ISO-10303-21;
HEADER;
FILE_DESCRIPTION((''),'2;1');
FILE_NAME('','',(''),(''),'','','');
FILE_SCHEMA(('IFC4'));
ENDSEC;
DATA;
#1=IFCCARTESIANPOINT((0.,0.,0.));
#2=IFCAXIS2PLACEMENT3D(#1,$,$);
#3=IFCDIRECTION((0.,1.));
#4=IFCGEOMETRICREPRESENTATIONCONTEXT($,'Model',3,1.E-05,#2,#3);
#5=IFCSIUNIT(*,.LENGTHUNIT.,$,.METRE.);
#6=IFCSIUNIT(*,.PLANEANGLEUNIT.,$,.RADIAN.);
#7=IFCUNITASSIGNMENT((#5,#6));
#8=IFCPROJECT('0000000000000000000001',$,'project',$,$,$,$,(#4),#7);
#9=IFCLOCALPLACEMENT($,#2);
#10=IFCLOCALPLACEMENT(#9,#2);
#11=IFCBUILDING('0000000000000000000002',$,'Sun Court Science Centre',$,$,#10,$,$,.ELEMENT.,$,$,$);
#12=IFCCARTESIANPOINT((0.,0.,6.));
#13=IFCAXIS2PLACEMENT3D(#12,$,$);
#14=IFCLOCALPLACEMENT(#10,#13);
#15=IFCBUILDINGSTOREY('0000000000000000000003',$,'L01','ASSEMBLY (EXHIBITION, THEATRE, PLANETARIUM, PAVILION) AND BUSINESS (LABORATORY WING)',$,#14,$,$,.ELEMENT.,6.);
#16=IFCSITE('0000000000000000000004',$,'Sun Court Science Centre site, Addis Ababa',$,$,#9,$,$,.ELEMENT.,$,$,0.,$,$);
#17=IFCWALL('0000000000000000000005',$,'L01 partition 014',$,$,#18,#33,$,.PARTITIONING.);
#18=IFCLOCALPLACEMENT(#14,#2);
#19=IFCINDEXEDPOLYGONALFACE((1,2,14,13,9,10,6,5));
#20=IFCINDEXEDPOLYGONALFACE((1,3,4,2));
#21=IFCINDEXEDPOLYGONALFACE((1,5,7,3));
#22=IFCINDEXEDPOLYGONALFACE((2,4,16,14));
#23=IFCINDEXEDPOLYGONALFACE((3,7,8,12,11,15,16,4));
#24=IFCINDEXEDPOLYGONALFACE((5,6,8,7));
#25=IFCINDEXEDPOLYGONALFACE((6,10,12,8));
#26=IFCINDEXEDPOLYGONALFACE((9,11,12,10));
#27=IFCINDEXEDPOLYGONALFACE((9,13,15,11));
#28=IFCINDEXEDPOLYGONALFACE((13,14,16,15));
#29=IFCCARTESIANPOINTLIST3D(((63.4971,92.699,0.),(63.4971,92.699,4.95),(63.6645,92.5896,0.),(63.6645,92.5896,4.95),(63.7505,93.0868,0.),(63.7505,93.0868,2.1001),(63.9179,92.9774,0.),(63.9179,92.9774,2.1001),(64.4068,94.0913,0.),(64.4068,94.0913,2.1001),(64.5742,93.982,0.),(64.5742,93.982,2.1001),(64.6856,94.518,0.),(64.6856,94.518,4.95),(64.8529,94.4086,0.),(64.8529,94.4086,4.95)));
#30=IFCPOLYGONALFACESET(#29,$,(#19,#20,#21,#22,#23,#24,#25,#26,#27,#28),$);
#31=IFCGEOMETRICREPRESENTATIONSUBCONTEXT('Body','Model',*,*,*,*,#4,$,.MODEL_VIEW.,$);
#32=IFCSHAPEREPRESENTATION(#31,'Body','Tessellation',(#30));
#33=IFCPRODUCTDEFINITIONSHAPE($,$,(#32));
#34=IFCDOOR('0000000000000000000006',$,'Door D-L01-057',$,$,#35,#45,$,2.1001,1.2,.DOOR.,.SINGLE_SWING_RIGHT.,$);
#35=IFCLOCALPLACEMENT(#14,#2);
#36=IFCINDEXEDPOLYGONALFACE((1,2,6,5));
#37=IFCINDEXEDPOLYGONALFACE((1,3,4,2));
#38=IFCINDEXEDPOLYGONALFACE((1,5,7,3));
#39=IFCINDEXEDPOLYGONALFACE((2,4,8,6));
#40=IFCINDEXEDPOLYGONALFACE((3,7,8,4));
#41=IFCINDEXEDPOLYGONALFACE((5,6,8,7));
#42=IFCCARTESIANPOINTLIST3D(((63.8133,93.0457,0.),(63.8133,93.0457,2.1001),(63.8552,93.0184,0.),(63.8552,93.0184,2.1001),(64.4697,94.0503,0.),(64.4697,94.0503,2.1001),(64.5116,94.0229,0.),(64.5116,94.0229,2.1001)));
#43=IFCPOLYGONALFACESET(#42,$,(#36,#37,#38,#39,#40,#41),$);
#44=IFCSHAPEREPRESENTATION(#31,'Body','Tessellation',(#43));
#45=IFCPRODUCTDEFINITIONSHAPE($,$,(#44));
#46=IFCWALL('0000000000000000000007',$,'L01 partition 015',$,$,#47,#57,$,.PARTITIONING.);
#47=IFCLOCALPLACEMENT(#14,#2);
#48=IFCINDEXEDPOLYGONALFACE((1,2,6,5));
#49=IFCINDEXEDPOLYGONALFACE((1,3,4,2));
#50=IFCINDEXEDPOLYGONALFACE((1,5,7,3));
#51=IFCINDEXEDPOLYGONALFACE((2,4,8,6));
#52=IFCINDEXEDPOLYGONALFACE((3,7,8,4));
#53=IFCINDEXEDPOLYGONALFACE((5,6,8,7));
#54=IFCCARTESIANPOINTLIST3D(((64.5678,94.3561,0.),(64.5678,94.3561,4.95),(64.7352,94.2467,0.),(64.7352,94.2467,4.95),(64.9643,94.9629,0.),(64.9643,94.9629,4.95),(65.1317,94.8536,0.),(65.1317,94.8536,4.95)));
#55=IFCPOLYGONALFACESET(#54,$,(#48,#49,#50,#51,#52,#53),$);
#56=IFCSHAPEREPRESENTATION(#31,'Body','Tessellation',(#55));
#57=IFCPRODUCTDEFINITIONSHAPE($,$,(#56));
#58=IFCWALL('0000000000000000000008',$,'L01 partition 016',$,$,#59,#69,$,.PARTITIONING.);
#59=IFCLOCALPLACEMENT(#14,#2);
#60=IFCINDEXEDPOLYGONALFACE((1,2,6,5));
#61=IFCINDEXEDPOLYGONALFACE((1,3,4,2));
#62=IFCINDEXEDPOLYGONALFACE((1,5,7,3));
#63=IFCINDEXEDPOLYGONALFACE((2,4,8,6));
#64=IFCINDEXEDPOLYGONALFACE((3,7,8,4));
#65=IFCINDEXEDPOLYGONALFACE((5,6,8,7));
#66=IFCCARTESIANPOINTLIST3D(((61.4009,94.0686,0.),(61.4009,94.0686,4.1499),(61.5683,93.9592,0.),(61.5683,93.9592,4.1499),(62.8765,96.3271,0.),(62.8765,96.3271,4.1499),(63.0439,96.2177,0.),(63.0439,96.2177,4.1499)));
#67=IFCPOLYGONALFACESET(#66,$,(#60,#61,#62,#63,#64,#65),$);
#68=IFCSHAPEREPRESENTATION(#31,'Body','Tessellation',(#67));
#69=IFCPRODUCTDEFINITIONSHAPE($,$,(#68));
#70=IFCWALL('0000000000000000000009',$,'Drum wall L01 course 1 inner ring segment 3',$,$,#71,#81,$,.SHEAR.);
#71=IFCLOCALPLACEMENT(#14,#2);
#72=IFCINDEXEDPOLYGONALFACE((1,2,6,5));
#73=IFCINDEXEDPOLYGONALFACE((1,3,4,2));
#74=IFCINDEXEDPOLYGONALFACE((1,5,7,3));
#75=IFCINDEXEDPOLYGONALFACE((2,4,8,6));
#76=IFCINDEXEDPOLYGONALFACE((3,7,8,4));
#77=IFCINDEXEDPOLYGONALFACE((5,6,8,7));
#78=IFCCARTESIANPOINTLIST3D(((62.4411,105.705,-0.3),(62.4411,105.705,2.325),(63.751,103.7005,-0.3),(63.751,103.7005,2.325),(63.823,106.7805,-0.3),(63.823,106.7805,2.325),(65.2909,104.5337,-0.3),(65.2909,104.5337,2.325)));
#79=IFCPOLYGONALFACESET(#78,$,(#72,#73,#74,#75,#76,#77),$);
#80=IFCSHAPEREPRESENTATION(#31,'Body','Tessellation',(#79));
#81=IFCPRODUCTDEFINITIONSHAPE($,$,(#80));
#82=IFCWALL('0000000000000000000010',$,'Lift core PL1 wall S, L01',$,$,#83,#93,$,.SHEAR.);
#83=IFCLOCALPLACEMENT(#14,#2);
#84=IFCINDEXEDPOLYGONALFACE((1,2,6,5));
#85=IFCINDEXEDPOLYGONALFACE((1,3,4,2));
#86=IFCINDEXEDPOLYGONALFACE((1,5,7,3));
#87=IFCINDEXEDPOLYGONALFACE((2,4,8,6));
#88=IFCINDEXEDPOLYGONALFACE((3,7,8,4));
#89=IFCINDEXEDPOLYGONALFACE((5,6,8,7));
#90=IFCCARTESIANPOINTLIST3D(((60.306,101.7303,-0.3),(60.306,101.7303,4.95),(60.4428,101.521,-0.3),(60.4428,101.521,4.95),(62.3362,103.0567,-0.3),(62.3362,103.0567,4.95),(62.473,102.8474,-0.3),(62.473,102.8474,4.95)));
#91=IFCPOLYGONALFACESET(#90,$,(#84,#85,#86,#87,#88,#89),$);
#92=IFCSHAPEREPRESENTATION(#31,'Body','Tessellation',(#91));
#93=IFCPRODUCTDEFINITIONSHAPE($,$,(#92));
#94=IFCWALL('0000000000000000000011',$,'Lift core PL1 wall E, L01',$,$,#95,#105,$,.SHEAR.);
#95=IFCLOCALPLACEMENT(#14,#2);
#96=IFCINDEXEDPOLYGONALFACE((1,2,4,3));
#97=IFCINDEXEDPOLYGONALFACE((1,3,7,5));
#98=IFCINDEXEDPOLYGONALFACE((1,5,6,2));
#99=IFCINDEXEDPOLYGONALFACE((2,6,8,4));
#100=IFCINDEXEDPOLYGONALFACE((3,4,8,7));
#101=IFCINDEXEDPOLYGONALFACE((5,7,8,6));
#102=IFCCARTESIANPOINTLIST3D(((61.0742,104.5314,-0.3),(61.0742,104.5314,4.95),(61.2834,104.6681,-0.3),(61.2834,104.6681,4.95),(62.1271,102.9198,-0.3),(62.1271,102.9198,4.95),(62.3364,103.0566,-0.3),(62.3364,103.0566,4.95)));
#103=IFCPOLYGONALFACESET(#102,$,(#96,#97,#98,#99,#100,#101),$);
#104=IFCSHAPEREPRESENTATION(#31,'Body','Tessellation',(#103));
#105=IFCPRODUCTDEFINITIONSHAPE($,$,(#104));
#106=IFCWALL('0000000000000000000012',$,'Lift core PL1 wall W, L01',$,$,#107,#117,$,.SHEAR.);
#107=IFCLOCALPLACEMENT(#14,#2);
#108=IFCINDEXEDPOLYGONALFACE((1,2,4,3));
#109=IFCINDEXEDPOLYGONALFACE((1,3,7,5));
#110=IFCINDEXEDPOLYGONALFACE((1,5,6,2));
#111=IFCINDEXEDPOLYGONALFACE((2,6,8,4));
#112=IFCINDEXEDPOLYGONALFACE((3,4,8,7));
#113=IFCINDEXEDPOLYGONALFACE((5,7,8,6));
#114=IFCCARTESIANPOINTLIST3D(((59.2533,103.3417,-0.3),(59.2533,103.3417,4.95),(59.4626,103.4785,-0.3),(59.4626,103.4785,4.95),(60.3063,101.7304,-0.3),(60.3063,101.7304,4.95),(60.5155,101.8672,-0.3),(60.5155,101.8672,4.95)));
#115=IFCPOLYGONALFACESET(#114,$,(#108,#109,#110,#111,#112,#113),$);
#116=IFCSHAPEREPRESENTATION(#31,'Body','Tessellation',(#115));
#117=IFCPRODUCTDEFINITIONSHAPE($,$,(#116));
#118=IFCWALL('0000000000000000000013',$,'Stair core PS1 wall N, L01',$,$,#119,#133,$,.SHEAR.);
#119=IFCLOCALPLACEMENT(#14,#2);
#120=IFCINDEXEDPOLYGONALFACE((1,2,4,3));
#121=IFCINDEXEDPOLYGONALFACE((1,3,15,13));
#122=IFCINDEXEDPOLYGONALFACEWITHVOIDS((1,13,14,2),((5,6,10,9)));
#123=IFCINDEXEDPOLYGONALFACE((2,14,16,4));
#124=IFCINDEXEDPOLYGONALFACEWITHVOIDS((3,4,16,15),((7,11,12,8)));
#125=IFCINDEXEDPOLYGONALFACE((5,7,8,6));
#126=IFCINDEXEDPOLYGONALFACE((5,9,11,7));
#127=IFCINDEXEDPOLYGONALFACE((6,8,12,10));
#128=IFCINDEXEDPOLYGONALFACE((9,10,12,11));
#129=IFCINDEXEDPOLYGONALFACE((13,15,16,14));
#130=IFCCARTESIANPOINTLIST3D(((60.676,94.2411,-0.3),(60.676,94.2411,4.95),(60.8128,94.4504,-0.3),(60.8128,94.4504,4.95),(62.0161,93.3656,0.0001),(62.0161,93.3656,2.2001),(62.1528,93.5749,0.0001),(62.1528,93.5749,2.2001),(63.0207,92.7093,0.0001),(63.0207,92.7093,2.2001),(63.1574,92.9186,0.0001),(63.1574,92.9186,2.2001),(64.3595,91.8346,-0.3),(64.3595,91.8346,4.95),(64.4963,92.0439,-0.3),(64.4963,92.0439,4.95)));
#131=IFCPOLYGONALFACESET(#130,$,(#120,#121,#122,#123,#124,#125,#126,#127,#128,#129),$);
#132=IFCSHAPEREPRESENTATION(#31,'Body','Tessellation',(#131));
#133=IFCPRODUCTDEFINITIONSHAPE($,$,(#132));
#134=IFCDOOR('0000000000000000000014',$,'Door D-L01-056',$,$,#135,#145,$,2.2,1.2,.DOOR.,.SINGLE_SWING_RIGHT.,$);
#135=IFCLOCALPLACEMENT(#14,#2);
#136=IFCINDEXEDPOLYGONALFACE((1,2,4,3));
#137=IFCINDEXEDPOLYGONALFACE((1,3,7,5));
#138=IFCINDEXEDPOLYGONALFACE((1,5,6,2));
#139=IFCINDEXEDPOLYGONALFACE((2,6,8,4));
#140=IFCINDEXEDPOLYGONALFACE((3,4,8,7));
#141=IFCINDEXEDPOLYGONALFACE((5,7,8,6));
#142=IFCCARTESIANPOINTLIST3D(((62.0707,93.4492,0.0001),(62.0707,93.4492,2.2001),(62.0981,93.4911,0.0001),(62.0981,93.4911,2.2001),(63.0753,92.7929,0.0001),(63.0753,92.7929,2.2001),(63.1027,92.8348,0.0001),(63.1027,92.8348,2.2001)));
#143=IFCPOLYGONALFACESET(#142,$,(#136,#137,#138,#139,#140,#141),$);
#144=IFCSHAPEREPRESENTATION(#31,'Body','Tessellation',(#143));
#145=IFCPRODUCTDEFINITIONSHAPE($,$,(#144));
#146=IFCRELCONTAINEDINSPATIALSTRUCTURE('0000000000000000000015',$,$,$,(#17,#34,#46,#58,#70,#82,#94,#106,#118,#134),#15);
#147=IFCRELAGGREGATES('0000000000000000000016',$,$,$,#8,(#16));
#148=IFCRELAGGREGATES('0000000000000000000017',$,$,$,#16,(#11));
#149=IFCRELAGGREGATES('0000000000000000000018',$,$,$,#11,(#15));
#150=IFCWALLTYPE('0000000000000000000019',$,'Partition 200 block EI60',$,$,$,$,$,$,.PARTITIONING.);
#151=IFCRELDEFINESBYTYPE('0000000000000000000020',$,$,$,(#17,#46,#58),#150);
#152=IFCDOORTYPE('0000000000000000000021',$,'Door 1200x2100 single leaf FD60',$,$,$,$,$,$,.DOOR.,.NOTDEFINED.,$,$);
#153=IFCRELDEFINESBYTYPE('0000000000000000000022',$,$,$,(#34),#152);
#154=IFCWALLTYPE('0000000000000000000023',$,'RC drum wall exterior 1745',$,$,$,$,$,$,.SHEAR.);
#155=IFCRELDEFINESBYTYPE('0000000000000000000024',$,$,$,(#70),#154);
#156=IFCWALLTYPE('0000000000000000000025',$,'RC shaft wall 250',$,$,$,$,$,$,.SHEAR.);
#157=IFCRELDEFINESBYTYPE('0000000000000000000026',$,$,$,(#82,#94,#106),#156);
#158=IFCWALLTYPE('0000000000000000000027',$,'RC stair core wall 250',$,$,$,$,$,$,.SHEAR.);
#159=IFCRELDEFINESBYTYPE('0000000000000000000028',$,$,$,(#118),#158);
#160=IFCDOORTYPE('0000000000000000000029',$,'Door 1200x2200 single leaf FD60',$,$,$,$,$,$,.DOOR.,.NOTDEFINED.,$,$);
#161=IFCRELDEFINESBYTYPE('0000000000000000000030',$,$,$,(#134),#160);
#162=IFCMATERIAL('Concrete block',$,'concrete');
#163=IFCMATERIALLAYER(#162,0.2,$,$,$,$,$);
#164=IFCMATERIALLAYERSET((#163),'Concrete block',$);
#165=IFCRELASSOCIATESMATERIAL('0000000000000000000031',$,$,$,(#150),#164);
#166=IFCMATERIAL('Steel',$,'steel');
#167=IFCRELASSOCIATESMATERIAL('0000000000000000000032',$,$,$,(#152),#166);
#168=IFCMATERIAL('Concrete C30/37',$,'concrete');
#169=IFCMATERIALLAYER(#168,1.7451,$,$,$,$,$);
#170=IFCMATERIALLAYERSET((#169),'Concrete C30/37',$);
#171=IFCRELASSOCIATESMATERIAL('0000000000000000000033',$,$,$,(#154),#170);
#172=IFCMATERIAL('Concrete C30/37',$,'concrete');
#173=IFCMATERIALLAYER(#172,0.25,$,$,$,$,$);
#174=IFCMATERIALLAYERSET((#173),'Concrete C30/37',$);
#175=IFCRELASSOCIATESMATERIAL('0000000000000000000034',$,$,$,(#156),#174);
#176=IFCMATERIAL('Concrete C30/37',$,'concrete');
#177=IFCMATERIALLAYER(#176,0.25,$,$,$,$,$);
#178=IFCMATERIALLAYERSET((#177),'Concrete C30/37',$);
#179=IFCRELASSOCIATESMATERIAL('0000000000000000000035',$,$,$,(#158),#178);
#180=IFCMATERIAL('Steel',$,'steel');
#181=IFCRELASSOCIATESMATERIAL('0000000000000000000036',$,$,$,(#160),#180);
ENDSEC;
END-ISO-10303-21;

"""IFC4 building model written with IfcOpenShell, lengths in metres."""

from ifc_helpers import new_model, si_unit, direction, frame, frame_2d, origin, place, context, subcontext, project, spatial, polyline, rectangle, outline, extrude, material, layer, layer_set, type_object, element, fill, save


model = new_model("IFC4")

# Units and contexts
model_context = context("Model", 3, precision=1e-05, world=origin(), true_north=direction((0.0, 1.0)))
body_context = subcontext(model_context, "Body", "Model", "MODEL_VIEW")
ifc_project = project(units=[si_unit("LENGTHUNIT", "METRE"), si_unit("PLANEANGLEUNIT", "RADIAN")], contexts=[model_context])

# Site, building, storey
site_placement = place(None, origin())
site = spatial("IfcSite", under=ifc_project, at=site_placement, Name="Sun Court Science Centre site, Addis Ababa", CompositionType="ELEMENT", RefElevation=0.0)
building_placement = place(site_placement, origin())
building = spatial("IfcBuilding", under=site, at=building_placement, Name="Sun Court Science Centre", CompositionType="ELEMENT")
storey_placement = place(building_placement, frame((0.0, 0.0, 6.0)))
storey = spatial("IfcBuildingStorey", under=building, at=storey_placement, Name="L01", Description="ASSEMBLY (EXHIBITION, THEATRE, PLANETARIUM, PAVILION) AND BUSINESS (LABORATORY WING)", CompositionType="ELEMENT", Elevation=6.0)

# Wall, opening, door
ifc_material_1 = material(Name="Concrete block", Category="concrete")
ifc_layer_1 = layer(ifc_material_1, 0.2)
ifc_layer_set_1 = layer_set([ifc_layer_1], Name="Concrete block")
wall_type_1 = type_object("IfcWallType", Name="Partition 200 block EI60", PredefinedType="PARTITIONING", material=ifc_layer_set_1)
wall_1_placement = place(storey_placement, frame((63.5808, 92.6443, 0.0), z_axis=(0.0, 0.0, 1.0), x_axis=(0.54695, 0.837166, 0.0)))
wall_1 = element("IfcWall", 1, at=wall_1_placement, inside=storey, type_object=wall_type_1, Name="L01 partition 014", PredefinedType="PARTITIONING", context=body_context, shape_type="SweptSolid", body=[
    extrude(rectangle(XDim=2.1729, YDim=0.2, at=frame_2d((1.0864, 0.0))), origin(), (0.0, 0.0, 1.0), 4.95),
])
opening_1_placement = place(wall_1_placement, frame((0.4631, 0.0, 0.0)))
opening_1 = element("IfcOpeningElement", 2, at=opening_1_placement, cuts=wall_1, PredefinedType="OPENING", context=body_context, shape_type="SweptSolid", body=[
    extrude(rectangle(XDim=1.2, YDim=2.1001, at=frame_2d((0.6001, 1.05))), frame((0.0, 0.1099, 0.0), z_axis=(0.0, -1.0, 0.0), x_axis=(1.0, 0.0, 0.0)), (0.0, 0.0, 1.0), 0.22),
])
ifc_material_2 = material(Name="Steel", Category="steel")
door_type_1 = type_object("IfcDoorType", Name="Door 1200x2100 single leaf FD60", OperationType="NOTDEFINED", PredefinedType="DOOR", material=ifc_material_2)
door_1_placement = place(opening_1_placement, origin())
door_1 = element("IfcDoor", 3, at=door_1_placement, inside=storey, type_object=door_type_1, Name="Door D-L01-057", OperationType="SINGLE_SWING_RIGHT", OverallHeight=2.1001, OverallWidth=1.2, PredefinedType="DOOR", context=body_context, shape_type="SweptSolid", body=[
    extrude(rectangle(XDim=1.2, YDim=2.1001, at=frame_2d((0.6001, 1.05))), frame((0.0, 0.0249, 0.0), z_axis=(0.0, -1.0, 0.0), x_axis=(1.0, 0.0, 0.0)), (0.0, 0.0, 1.0), 0.05),
])
fill(opening_1, door_1)

# Walls
wall_2_placement = place(storey_placement, frame((64.6516, 94.3015, 0.0), z_axis=(0.0, 0.0, 1.0), x_axis=(0.546905, 0.837195, 0.0)))
element("IfcWall", 4, at=wall_2_placement, inside=storey, type_object=wall_type_1, Name="L01 partition 015", PredefinedType="PARTITIONING", context=body_context, shape_type="SweptSolid", body=[
    extrude(rectangle(XDim=0.7249, YDim=0.2, at=frame_2d((0.3623, 0.0))), origin(), (0.0, 0.0, 1.0), 4.95),
])
wall_3_placement = place(storey_placement, frame((61.4846, 94.0139, 0.0), z_axis=(0.0, 0.0, 1.0), x_axis=(0.546949, 0.837166, 0.0)))
element("IfcWall", 5, at=wall_3_placement, inside=storey, type_object=wall_type_1, Name="L01 partition 016", PredefinedType="PARTITIONING", context=body_context, shape_type="SweptSolid", body=[
    extrude(rectangle(XDim=2.6978, YDim=0.2, at=frame_2d((1.3489, 0.0))), origin(), (0.0, 0.0, 1.0), 4.1499),
])
ifc_material_3 = material(Name="Concrete C30/37", Category="concrete")
ifc_layer_2 = layer(ifc_material_3, 1.7451)
ifc_layer_set_2 = layer_set([ifc_layer_2], Name="Concrete C30/37")
wall_type_2 = type_object("IfcWallType", Name="RC drum wall exterior 1745", PredefinedType="SHEAR", material=ifc_layer_set_2)
wall_4_placement = place(storey_placement, frame((64.5603, 104.0566, -0.3), z_axis=(0.0, 0.0, 1.0), x_axis=(-0.54695, 0.837165, 0.0)))
element("IfcWall", 6, at=wall_4_placement, inside=storey, type_object=wall_type_2, Name="Drum wall L01 course 1 inner ring segment 3", PredefinedType="SHEAR", context=body_context, shape_type="SweptSolid", body=[
    extrude(outline(polyline([(-0.0002, -0.8726), (2.6836, -0.8726), (2.5391, 0.8726), (0.1445, 0.8723), (-0.0002, -0.8726)])), origin(), (0.0, 0.0, 1.0), 2.625),
])
ifc_material_4 = material(Name="Concrete C30/37", Category="concrete")
ifc_layer_3 = layer(ifc_material_4, 0.25)
ifc_layer_set_3 = layer_set([ifc_layer_3], Name="Concrete C30/37")
wall_type_3 = type_object("IfcWallType", Name="RC shaft wall 250", PredefinedType="SHEAR", material=ifc_layer_set_3)
wall_5_placement = place(storey_placement, frame((60.3745, 101.6257, -0.3), z_axis=(0.0, 0.0, 1.0), x_axis=(0.837172, 0.54694, 0.0)))
element("IfcWall", 7, at=wall_5_placement, inside=storey, type_object=wall_type_3, Name="Lift core PL1 wall S, L01", PredefinedType="SHEAR", context=body_context, shape_type="SweptSolid", body=[
    extrude(rectangle(XDim=2.425, YDim=0.25, at=frame_2d((1.2124, 0.0))), origin(), (0.0, 0.0, 1.0), 5.25),
])
wall_6_placement = place(storey_placement, frame((62.2317, 102.9883, -0.3), z_axis=(0.0, 0.0, 1.0), x_axis=(-0.546979, 0.837146, 0.0)))
element("IfcWall", 8, at=wall_6_placement, inside=storey, type_object=wall_type_3, Name="Lift core PL1 wall E, L01", PredefinedType="SHEAR", context=body_context, shape_type="SweptSolid", body=[
    extrude(rectangle(XDim=1.925, YDim=0.25, at=frame_2d((0.9624, 0.0))), origin(), (0.0, 0.0, 1.0), 5.25),
])
wall_7_placement = place(storey_placement, frame((60.4109, 101.7988, -0.3), z_axis=(0.0, 0.0, 1.0), x_axis=(-0.547037, 0.837108, 0.0)))
element("IfcWall", 9, at=wall_7_placement, inside=storey, type_object=wall_type_3, Name="Lift core PL1 wall W, L01", PredefinedType="SHEAR", context=body_context, shape_type="SweptSolid", body=[
    extrude(rectangle(XDim=1.9248, YDim=0.25, at=frame_2d((0.9624, 0.0))), origin(), (0.0, 0.0, 1.0), 5.25),
])

# Wall, opening, door
ifc_material_5 = material(Name="Concrete C30/37", Category="concrete")
ifc_layer_4 = layer(ifc_material_5, 0.25)
ifc_layer_set_4 = layer_set([ifc_layer_4], Name="Concrete C30/37")
wall_type_4 = type_object("IfcWallType", Name="RC stair core wall 250", PredefinedType="SHEAR", material=ifc_layer_set_4)
wall_8_placement = place(storey_placement, frame((60.7444, 94.3457, -0.3), z_axis=(0.0, 0.0, 1.0), x_axis=(0.837179, -0.546929, 0.0)))
wall_8 = element("IfcWall", 10, at=wall_8_placement, inside=storey, type_object=wall_type_4, Name="Stair core PS1 wall N, L01", PredefinedType="SHEAR", context=body_context, shape_type="SweptSolid", body=[
    extrude(rectangle(XDim=4.3999, YDim=0.25, at=frame_2d((2.2, 0.0))), origin(), (0.0, 0.0, 1.0), 5.25),
])
opening_2_placement = place(wall_8_placement, frame((1.6006, 0.0, 0.3)))
opening_2 = element("IfcOpeningElement", 11, at=opening_2_placement, cuts=wall_8, PredefinedType="OPENING", context=body_context, shape_type="SweptSolid", body=[
    extrude(rectangle(XDim=1.2, YDim=2.2, at=frame_2d((0.6001, 1.1001))), frame((0.0, 0.135, 0.0), z_axis=(0.0, -1.0, 0.0), x_axis=(1.0, 0.0, 0.0)), (0.0, 0.0, 1.0), 0.27),
])
ifc_material_6 = material(Name="Steel", Category="steel")
door_type_2 = type_object("IfcDoorType", Name="Door 1200x2200 single leaf FD60", OperationType="NOTDEFINED", PredefinedType="DOOR", material=ifc_material_6)
door_2_placement = place(opening_2_placement, origin())
door_2 = element("IfcDoor", 12, at=door_2_placement, inside=storey, type_object=door_type_2, Name="Door D-L01-056", OperationType="SINGLE_SWING_RIGHT", OverallHeight=2.2, OverallWidth=1.2, PredefinedType="DOOR", context=body_context, shape_type="SweptSolid", body=[
    extrude(rectangle(XDim=1.2, YDim=2.2, at=frame_2d((0.6001, 1.1001))), frame((0.0, 0.0249, 0.0), z_axis=(0.0, -1.0, 0.0), x_axis=(1.0, 0.0, 0.0)), (0.0, 0.0, 1.0), 0.05),
])
fill(opening_2, door_2)

save(model, "model.ifc")
